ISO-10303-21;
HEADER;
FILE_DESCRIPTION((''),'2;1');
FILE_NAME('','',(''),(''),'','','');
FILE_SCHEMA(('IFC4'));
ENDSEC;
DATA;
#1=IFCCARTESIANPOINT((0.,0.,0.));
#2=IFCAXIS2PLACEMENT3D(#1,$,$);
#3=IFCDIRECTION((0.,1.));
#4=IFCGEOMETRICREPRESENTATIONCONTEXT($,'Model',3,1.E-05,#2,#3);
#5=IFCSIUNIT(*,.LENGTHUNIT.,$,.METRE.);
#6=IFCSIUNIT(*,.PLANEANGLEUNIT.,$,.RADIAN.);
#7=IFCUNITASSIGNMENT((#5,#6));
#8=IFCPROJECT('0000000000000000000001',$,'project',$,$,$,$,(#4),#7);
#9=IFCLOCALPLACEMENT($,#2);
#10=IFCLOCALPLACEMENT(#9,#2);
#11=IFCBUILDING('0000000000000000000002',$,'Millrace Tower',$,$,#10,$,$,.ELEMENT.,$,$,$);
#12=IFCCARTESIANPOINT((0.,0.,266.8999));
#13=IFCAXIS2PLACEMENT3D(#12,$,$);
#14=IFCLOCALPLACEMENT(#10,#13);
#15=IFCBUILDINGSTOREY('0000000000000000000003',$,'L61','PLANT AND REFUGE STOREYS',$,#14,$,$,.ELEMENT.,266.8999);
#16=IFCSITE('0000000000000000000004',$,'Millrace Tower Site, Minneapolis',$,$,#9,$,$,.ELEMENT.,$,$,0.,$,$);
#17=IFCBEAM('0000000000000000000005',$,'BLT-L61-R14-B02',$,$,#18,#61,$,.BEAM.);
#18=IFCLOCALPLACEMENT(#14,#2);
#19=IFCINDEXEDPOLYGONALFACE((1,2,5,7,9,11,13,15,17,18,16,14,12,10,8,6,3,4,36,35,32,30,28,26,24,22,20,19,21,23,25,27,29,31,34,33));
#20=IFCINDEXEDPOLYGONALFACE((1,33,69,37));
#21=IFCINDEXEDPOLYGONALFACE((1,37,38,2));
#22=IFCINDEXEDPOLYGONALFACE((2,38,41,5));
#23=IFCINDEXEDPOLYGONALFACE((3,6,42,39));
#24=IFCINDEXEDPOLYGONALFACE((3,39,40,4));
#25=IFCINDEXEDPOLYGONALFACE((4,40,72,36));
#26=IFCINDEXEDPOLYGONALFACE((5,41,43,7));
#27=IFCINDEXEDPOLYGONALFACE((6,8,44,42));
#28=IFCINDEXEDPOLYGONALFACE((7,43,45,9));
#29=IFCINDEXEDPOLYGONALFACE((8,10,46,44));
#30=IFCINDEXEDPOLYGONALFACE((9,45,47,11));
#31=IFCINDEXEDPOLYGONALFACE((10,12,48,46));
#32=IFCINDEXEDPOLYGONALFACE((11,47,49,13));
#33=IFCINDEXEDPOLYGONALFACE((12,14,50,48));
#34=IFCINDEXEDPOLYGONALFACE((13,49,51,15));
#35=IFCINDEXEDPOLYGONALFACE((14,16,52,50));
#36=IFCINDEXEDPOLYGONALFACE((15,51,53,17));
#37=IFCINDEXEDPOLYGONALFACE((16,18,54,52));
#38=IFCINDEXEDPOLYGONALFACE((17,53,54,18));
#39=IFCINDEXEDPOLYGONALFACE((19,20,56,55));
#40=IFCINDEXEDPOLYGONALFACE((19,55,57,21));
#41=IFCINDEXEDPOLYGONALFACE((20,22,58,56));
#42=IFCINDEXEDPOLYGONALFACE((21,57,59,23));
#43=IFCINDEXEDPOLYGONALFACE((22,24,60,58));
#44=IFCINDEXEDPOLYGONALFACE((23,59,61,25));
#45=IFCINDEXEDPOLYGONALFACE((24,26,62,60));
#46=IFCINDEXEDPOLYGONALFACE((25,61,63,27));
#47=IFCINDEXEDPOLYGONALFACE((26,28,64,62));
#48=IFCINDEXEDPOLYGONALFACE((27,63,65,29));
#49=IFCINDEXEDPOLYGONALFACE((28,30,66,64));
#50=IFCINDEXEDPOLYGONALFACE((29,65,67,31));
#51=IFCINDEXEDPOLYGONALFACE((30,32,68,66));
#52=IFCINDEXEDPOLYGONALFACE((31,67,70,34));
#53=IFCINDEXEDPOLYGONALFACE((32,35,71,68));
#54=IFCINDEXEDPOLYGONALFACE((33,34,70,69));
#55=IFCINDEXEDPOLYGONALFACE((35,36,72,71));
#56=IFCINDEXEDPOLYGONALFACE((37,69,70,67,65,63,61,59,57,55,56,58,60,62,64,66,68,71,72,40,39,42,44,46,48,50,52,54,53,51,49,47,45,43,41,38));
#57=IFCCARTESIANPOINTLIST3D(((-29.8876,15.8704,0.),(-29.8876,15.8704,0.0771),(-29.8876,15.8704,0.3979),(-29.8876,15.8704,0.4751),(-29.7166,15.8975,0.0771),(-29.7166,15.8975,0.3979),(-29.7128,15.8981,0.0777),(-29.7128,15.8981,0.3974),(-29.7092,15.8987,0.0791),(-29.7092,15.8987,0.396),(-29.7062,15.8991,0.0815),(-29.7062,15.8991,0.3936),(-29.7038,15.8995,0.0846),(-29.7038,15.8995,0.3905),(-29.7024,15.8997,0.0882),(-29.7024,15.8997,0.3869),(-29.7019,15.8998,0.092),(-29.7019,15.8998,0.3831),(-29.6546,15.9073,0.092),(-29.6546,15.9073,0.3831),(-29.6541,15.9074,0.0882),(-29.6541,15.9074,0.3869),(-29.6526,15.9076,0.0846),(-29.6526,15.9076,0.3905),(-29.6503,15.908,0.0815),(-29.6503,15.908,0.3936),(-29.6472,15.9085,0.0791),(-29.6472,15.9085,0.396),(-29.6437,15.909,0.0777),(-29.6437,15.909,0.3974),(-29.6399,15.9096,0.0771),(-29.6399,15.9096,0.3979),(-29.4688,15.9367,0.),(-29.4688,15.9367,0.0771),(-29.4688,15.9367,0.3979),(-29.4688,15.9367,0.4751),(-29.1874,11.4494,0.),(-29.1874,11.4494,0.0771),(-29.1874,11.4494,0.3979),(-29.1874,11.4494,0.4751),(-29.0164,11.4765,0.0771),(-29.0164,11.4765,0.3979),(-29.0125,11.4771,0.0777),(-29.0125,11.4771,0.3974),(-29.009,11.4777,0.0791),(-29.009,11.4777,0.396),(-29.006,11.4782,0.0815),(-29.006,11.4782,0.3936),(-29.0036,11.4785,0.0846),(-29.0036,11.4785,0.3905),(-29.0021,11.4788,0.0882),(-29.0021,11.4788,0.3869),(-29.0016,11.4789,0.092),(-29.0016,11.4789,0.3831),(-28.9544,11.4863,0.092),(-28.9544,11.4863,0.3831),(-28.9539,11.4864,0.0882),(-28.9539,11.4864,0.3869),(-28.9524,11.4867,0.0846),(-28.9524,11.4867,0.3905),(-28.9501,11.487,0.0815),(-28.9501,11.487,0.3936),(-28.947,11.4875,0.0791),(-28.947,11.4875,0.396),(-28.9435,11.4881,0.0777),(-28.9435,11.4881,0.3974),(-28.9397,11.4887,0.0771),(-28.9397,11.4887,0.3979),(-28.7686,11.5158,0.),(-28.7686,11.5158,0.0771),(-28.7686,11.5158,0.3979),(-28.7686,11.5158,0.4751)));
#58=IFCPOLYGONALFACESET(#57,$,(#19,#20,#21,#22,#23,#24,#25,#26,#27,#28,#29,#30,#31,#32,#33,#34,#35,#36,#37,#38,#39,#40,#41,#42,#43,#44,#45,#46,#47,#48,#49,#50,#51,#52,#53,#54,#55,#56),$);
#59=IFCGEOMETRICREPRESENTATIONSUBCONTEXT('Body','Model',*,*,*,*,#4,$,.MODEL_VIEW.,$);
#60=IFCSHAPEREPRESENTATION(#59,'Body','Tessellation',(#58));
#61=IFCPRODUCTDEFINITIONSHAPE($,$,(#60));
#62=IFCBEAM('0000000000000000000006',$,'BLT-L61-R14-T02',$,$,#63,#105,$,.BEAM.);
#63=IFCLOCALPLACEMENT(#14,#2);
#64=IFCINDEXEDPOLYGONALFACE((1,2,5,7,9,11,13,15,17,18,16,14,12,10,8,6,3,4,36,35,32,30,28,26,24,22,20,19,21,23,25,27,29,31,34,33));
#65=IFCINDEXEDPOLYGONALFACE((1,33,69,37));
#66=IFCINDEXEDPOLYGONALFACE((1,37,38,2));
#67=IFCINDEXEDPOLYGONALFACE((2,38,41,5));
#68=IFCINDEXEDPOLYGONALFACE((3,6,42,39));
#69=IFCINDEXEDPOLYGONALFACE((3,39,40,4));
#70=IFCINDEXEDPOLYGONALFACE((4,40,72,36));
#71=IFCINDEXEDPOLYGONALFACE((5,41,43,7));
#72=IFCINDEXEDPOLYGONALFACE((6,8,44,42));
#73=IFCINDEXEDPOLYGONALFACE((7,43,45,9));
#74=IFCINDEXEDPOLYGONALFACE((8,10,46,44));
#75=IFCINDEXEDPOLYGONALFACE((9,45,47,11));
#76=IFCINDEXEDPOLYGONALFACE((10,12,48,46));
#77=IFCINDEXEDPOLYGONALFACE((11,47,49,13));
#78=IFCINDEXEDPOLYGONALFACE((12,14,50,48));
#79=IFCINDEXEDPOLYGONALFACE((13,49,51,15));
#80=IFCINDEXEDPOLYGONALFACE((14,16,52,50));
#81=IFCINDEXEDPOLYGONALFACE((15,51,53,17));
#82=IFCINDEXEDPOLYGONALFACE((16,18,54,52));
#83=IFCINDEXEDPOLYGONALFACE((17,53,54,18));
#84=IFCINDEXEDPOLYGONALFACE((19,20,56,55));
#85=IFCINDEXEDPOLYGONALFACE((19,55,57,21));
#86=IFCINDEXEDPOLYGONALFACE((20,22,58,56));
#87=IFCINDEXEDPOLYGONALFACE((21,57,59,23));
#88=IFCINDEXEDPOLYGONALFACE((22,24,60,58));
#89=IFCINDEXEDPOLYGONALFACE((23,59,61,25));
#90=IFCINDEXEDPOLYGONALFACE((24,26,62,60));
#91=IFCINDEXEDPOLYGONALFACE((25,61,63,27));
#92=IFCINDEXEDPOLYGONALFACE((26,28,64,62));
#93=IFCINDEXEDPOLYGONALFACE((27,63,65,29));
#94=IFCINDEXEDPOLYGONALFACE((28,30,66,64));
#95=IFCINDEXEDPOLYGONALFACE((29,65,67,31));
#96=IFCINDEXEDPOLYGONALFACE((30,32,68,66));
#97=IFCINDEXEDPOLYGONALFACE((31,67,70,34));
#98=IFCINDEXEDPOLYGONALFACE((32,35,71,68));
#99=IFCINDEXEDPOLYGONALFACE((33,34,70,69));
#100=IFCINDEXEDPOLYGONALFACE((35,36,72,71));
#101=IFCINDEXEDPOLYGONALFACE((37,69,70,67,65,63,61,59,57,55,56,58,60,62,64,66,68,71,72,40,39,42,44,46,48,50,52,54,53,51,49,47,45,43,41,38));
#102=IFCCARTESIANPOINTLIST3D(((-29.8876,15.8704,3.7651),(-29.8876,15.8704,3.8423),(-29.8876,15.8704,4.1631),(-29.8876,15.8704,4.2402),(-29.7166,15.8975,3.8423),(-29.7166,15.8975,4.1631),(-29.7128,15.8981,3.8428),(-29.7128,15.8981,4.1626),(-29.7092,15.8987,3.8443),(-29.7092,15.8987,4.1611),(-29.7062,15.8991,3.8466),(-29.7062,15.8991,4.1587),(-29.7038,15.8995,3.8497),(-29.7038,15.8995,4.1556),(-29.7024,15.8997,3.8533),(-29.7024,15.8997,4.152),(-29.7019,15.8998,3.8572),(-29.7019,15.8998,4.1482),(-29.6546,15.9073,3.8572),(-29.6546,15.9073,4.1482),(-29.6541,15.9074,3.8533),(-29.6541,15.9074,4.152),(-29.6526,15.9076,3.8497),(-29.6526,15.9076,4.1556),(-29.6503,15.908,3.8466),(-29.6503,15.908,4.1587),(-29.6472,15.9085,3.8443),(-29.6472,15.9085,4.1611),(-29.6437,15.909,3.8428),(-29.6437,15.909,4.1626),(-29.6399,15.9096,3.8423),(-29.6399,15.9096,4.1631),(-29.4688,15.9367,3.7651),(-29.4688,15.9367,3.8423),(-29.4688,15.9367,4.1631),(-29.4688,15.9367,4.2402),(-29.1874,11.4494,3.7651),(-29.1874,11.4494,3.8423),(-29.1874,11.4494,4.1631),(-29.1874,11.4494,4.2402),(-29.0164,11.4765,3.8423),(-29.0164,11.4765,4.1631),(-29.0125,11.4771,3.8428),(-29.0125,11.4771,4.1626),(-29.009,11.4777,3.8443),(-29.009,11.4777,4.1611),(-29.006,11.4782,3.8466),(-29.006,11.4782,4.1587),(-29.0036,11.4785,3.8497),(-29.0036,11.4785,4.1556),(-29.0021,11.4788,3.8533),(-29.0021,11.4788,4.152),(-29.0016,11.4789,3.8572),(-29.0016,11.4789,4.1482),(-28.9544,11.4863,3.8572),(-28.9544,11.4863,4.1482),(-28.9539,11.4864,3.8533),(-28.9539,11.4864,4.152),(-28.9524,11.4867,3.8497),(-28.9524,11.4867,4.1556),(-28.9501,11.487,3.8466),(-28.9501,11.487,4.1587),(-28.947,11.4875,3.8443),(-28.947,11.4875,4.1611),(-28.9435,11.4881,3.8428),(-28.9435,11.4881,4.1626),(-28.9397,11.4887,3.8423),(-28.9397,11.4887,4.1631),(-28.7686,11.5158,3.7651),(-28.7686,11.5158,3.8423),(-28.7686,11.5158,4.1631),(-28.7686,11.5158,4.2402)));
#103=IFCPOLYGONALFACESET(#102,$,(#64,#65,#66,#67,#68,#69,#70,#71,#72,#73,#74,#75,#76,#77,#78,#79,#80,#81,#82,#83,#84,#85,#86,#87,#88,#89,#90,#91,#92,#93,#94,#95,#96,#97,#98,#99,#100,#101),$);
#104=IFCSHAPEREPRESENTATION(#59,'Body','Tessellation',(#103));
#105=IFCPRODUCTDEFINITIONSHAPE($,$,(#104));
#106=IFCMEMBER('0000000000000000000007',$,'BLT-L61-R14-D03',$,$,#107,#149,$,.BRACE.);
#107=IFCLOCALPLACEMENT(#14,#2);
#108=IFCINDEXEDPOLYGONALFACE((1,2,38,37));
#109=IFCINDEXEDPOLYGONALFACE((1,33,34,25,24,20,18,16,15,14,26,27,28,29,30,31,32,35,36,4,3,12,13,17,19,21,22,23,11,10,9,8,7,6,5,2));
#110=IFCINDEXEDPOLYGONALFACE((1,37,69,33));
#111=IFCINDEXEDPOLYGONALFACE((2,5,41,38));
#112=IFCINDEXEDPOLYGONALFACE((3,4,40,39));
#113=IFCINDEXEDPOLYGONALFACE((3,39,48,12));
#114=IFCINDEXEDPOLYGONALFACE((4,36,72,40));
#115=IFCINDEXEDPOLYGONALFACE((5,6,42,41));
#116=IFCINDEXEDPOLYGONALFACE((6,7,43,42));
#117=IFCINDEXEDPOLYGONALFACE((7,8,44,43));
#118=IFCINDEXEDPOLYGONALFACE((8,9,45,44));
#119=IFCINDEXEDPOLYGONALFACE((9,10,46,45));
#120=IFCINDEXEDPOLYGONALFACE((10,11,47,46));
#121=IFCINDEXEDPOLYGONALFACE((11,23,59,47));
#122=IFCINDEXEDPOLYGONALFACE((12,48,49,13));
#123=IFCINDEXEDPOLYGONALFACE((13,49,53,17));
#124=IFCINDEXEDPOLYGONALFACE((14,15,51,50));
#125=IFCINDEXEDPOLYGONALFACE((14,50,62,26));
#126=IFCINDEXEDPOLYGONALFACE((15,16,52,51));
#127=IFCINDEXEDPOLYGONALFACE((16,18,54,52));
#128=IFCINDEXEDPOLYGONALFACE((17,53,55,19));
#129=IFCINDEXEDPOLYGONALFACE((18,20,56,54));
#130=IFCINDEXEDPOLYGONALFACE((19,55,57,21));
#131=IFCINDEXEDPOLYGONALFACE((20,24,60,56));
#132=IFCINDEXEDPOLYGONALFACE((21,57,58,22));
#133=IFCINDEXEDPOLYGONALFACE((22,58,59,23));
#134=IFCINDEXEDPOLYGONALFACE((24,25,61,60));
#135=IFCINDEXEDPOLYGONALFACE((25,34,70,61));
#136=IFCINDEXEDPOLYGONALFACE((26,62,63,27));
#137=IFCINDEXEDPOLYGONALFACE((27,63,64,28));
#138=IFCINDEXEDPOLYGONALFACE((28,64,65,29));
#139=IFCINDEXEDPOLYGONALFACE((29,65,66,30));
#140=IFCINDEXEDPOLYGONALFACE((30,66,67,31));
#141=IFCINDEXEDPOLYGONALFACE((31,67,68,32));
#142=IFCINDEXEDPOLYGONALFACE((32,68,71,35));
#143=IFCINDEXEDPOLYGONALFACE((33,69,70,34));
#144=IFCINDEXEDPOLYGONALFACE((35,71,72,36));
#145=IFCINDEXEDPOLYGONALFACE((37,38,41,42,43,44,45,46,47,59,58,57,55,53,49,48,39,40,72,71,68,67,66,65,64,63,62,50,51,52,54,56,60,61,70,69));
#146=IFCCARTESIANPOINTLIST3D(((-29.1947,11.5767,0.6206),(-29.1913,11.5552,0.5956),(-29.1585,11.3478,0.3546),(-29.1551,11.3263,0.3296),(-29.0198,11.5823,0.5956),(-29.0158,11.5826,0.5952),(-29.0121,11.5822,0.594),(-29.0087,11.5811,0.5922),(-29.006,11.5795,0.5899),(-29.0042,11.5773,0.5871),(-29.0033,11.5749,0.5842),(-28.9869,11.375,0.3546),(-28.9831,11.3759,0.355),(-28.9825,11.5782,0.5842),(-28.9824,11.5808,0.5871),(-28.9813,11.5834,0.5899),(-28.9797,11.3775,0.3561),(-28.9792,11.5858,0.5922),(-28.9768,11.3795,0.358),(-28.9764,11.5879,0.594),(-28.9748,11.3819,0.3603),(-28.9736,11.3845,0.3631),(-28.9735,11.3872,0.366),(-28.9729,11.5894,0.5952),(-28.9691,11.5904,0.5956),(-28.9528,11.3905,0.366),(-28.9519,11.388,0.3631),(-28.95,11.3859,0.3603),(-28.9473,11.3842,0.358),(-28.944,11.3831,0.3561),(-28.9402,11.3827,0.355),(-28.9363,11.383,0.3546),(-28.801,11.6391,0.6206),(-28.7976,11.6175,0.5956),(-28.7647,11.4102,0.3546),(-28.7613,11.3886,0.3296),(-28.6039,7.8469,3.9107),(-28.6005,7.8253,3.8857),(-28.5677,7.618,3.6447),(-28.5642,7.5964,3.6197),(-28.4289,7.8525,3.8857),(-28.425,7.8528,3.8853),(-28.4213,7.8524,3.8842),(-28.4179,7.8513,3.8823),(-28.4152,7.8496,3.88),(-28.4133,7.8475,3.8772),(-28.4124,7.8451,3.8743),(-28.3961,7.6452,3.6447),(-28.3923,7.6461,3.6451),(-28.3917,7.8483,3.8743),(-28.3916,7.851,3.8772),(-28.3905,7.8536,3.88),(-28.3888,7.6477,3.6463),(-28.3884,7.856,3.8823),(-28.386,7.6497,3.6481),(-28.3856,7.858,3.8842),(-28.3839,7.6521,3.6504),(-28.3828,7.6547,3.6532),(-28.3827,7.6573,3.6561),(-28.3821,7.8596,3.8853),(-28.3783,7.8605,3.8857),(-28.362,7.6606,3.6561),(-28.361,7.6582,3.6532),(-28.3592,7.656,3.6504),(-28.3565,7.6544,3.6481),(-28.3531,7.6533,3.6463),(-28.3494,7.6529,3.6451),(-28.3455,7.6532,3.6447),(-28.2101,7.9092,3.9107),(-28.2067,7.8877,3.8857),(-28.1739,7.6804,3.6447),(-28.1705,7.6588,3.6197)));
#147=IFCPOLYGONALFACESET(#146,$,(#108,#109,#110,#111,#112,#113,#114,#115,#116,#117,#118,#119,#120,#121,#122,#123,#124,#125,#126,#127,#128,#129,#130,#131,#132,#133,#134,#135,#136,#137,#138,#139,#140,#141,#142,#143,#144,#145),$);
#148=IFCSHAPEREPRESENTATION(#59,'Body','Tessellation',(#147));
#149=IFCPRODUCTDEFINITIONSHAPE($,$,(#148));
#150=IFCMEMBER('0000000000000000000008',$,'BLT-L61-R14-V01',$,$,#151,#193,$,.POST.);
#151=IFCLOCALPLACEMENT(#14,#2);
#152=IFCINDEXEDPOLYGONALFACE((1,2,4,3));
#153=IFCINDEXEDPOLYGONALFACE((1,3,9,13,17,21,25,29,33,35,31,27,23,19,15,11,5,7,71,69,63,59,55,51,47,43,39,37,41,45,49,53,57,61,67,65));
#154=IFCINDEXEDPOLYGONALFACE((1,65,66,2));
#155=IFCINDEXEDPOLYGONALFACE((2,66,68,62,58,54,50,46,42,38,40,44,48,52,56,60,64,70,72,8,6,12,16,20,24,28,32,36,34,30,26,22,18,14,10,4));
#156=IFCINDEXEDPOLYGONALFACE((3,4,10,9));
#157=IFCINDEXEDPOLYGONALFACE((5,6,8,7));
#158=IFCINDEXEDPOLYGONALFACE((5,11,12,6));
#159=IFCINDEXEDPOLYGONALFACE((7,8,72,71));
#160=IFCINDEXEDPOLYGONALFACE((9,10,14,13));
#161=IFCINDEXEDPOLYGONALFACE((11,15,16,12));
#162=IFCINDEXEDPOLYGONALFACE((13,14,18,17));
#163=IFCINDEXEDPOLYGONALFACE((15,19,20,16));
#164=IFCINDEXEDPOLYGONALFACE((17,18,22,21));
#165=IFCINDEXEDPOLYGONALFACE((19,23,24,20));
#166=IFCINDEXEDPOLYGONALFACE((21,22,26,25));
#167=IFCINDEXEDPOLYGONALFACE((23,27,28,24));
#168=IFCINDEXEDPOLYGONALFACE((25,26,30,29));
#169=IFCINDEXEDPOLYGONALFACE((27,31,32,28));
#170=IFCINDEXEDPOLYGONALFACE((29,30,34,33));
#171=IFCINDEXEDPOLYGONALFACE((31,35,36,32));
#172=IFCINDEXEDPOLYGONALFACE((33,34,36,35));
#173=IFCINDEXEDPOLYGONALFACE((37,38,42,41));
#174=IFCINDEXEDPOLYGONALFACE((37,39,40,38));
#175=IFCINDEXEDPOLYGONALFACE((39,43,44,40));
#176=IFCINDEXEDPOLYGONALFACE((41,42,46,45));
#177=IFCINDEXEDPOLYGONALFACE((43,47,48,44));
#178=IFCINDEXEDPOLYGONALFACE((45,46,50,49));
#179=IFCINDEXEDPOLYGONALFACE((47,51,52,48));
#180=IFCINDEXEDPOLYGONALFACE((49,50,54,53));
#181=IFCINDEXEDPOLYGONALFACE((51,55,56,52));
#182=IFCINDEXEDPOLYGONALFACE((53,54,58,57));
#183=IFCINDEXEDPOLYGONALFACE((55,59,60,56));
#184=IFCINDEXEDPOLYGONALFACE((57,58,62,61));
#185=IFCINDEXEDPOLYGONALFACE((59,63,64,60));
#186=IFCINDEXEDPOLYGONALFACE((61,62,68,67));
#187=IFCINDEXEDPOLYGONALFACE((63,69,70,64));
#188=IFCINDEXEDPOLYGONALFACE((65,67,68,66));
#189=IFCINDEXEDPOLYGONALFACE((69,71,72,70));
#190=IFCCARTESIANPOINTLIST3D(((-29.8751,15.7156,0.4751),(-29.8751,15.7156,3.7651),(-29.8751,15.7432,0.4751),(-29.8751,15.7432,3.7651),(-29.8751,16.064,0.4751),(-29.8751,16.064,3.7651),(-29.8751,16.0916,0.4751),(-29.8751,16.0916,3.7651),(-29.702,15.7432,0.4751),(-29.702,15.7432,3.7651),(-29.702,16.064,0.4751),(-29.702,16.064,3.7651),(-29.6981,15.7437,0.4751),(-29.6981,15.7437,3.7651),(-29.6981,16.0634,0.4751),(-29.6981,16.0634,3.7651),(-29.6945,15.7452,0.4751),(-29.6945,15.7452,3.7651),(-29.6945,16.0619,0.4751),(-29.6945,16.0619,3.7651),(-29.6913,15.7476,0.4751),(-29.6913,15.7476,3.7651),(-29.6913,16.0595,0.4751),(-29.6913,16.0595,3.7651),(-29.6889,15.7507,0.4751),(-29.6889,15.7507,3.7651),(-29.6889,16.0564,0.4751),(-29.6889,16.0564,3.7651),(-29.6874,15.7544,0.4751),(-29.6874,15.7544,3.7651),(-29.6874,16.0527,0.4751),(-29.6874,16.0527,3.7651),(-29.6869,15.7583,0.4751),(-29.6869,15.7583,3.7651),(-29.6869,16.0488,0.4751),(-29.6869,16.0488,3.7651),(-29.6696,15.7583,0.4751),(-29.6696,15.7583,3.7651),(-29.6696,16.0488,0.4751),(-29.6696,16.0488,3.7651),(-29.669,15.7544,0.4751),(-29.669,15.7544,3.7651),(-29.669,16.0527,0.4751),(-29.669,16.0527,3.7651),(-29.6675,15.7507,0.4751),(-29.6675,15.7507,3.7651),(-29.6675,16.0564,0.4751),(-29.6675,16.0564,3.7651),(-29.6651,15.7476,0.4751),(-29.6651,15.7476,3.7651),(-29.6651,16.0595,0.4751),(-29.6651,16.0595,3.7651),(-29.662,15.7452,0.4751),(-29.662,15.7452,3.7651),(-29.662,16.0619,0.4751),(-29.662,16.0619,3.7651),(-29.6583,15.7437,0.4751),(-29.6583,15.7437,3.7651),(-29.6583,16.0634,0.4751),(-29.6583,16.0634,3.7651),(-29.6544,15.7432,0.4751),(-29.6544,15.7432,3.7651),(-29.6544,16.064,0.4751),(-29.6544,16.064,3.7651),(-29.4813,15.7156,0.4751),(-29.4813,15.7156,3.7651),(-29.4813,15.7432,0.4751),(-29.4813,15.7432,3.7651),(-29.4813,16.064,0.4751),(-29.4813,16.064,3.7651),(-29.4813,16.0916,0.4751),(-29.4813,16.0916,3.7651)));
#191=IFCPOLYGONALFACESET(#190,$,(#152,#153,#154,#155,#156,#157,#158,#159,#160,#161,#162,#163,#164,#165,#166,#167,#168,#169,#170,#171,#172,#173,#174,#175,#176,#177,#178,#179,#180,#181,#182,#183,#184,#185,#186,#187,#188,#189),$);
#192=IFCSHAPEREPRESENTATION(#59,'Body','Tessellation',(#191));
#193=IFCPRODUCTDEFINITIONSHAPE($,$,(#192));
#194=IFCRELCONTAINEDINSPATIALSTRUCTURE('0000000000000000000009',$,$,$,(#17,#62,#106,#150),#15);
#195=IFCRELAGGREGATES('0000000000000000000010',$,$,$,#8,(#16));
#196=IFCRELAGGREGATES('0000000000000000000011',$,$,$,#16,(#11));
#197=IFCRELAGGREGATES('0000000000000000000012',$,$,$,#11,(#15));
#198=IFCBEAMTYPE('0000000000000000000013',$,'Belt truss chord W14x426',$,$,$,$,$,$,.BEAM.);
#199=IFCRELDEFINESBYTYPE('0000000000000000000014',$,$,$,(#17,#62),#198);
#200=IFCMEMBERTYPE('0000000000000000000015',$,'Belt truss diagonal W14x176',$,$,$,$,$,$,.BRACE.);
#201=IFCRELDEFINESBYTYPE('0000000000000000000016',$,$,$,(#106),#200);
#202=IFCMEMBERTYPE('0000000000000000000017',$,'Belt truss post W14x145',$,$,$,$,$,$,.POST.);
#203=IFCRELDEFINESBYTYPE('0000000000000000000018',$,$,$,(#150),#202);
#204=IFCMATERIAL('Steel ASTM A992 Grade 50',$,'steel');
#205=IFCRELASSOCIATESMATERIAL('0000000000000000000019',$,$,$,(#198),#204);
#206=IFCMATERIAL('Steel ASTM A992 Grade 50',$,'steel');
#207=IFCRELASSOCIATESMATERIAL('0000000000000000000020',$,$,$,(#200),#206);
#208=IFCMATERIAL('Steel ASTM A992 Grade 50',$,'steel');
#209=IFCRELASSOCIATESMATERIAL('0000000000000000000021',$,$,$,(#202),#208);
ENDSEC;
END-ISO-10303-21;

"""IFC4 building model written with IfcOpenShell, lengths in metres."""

from ifc_helpers import new_model, si_unit, direction, frame, origin, origin_2d, place, context, subcontext, project, spatial, i_section, extrude, material, material_profile, profile_set, type_object, element, save


model = new_model("IFC4")

# Units and contexts
model_context = context("Model", 3, precision=1e-05, world=origin(), true_north=direction((0.0, 1.0)))
body_context = subcontext(model_context, "Body", "Model", "MODEL_VIEW")
ifc_project = project(units=[si_unit("LENGTHUNIT", "METRE"), si_unit("PLANEANGLEUNIT", "RADIAN")], contexts=[model_context])

# Site, building, storey
site_placement = place(None, origin())
site = spatial("IfcSite", under=ifc_project, at=site_placement, Name="Millrace Tower Site, Minneapolis", CompositionType="ELEMENT", RefElevation=0.0)
building_placement = place(site_placement, origin())
building = spatial("IfcBuilding", under=site, at=building_placement, Name="Millrace Tower", CompositionType="ELEMENT")
storey_placement = place(building_placement, frame((0.0, 0.0, 266.8999)))
storey = spatial("IfcBuildingStorey", under=building, at=storey_placement, Name="L61", Description="PLANT AND REFUGE STOREYS", CompositionType="ELEMENT", Elevation=266.8999)

# Beams
ifc_material_1 = material(Name="Steel ASTM A992 Grade 50", Category="steel")
ifc_material_profile_1 = material_profile(ifc_material_1, i_section(OverallWidth=0.4241, OverallDepth=0.4751, WebThickness=0.0479, FlangeThickness=0.0771, FilletRadius=0.0149, at=origin_2d()))
ifc_profile_set_1 = profile_set([ifc_material_profile_1], Name="Steel ASTM A992 Grade 50")
beam_type_1 = type_object("IfcBeamType", Name="Belt truss chord W14x426", PredefinedType="BEAM", material=ifc_profile_set_1)
for number, where, z_axis, x_axis, name in (
    (1, (-29.6782, 15.9036, 0.2375), (0.156433, -0.987689, 0.0), (0.987689, 0.156433, 0.0), "BLT-L61-R14-B02"),
    (2, (-29.6782, 15.9036, 4.0027), (0.156433, -0.987689, 0.0), (0.987689, 0.156433, 0.0), "BLT-L61-R14-T02"),
):
    element("IfcBeam", number, at=place(storey_placement, frame(where, z_axis=z_axis, x_axis=x_axis)), inside=storey, type_object=beam_type_1, Name=name, PredefinedType="BEAM", context=body_context, shape_type="SweptSolid", body=[
        extrude(i_section(OverallWidth=0.4241, OverallDepth=0.4751, WebThickness=0.0479, FlangeThickness=0.0771, FilletRadius=0.0149, at=origin_2d()), origin(), (0.0, 0.0, 1.0), 4.4761),
    ])

# Members
ifc_material_2 = material(Name="Steel ASTM A992 Grade 50", Category="steel")
ifc_material_profile_2 = material_profile(ifc_material_2, i_section(OverallWidth=0.3987, OverallDepth=0.386, WebThickness=0.021, FlangeThickness=0.0332, FilletRadius=0.0151, at=origin_2d()))
ifc_profile_set_2 = profile_set([ifc_material_profile_2], Name="Steel ASTM A992 Grade 50")
member_type_1 = type_object("IfcMemberType", Name="Belt truss diagonal W14x176", PredefinedType="BRACE", material=ifc_profile_set_2)
member_1_placement = place(storey_placement, frame((-28.978, 11.4827, 0.4751), z_axis=(0.117965, -0.744692, 0.6569), x_axis=(0.987685, 0.156457, 0.0)))
element("IfcMember", 3, at=member_1_placement, inside=storey, type_object=member_type_1, Name="BLT-L61-R14-D03", PredefinedType="BRACE", context=body_context, shape_type="SweptSolid", body=[
    extrude(i_section(OverallWidth=0.3987, OverallDepth=0.386, WebThickness=0.021, FlangeThickness=0.0332, FilletRadius=0.0151, at=origin_2d()), origin(), (0.0, 0.0, 1.0), 5.0085),
])
ifc_material_3 = material(Name="Steel ASTM A992 Grade 50", Category="steel")
ifc_material_profile_3 = material_profile(ifc_material_3, i_section(OverallWidth=0.3938, OverallDepth=0.376, WebThickness=0.0173, FlangeThickness=0.0276, FilletRadius=0.0151, at=origin_2d()))
ifc_profile_set_3 = profile_set([ifc_material_profile_3], Name="Steel ASTM A992 Grade 50")
member_type_2 = type_object("IfcMemberType", Name="Belt truss post W14x145", PredefinedType="POST", material=ifc_profile_set_3)
for number, where, z_axis, x_axis, name in (
    (4, (-29.6782, 15.9036, 0.4751), (0.0, 0.0, 1.0), (1.0, 0.0, 0.0), "BLT-L61-R14-V01"),
):
    element("IfcMember", number, at=place(storey_placement, frame(where, z_axis=z_axis, x_axis=x_axis)), inside=storey, type_object=member_type_2, Name=name, PredefinedType="POST", context=body_context, shape_type="SweptSolid", body=[
        extrude(i_section(OverallWidth=0.3938, OverallDepth=0.376, WebThickness=0.0173, FlangeThickness=0.0276, FilletRadius=0.0151, at=origin_2d()), origin(), (0.0, 0.0, 1.0), 3.29),
    ])

save(model, "model.ifc")
